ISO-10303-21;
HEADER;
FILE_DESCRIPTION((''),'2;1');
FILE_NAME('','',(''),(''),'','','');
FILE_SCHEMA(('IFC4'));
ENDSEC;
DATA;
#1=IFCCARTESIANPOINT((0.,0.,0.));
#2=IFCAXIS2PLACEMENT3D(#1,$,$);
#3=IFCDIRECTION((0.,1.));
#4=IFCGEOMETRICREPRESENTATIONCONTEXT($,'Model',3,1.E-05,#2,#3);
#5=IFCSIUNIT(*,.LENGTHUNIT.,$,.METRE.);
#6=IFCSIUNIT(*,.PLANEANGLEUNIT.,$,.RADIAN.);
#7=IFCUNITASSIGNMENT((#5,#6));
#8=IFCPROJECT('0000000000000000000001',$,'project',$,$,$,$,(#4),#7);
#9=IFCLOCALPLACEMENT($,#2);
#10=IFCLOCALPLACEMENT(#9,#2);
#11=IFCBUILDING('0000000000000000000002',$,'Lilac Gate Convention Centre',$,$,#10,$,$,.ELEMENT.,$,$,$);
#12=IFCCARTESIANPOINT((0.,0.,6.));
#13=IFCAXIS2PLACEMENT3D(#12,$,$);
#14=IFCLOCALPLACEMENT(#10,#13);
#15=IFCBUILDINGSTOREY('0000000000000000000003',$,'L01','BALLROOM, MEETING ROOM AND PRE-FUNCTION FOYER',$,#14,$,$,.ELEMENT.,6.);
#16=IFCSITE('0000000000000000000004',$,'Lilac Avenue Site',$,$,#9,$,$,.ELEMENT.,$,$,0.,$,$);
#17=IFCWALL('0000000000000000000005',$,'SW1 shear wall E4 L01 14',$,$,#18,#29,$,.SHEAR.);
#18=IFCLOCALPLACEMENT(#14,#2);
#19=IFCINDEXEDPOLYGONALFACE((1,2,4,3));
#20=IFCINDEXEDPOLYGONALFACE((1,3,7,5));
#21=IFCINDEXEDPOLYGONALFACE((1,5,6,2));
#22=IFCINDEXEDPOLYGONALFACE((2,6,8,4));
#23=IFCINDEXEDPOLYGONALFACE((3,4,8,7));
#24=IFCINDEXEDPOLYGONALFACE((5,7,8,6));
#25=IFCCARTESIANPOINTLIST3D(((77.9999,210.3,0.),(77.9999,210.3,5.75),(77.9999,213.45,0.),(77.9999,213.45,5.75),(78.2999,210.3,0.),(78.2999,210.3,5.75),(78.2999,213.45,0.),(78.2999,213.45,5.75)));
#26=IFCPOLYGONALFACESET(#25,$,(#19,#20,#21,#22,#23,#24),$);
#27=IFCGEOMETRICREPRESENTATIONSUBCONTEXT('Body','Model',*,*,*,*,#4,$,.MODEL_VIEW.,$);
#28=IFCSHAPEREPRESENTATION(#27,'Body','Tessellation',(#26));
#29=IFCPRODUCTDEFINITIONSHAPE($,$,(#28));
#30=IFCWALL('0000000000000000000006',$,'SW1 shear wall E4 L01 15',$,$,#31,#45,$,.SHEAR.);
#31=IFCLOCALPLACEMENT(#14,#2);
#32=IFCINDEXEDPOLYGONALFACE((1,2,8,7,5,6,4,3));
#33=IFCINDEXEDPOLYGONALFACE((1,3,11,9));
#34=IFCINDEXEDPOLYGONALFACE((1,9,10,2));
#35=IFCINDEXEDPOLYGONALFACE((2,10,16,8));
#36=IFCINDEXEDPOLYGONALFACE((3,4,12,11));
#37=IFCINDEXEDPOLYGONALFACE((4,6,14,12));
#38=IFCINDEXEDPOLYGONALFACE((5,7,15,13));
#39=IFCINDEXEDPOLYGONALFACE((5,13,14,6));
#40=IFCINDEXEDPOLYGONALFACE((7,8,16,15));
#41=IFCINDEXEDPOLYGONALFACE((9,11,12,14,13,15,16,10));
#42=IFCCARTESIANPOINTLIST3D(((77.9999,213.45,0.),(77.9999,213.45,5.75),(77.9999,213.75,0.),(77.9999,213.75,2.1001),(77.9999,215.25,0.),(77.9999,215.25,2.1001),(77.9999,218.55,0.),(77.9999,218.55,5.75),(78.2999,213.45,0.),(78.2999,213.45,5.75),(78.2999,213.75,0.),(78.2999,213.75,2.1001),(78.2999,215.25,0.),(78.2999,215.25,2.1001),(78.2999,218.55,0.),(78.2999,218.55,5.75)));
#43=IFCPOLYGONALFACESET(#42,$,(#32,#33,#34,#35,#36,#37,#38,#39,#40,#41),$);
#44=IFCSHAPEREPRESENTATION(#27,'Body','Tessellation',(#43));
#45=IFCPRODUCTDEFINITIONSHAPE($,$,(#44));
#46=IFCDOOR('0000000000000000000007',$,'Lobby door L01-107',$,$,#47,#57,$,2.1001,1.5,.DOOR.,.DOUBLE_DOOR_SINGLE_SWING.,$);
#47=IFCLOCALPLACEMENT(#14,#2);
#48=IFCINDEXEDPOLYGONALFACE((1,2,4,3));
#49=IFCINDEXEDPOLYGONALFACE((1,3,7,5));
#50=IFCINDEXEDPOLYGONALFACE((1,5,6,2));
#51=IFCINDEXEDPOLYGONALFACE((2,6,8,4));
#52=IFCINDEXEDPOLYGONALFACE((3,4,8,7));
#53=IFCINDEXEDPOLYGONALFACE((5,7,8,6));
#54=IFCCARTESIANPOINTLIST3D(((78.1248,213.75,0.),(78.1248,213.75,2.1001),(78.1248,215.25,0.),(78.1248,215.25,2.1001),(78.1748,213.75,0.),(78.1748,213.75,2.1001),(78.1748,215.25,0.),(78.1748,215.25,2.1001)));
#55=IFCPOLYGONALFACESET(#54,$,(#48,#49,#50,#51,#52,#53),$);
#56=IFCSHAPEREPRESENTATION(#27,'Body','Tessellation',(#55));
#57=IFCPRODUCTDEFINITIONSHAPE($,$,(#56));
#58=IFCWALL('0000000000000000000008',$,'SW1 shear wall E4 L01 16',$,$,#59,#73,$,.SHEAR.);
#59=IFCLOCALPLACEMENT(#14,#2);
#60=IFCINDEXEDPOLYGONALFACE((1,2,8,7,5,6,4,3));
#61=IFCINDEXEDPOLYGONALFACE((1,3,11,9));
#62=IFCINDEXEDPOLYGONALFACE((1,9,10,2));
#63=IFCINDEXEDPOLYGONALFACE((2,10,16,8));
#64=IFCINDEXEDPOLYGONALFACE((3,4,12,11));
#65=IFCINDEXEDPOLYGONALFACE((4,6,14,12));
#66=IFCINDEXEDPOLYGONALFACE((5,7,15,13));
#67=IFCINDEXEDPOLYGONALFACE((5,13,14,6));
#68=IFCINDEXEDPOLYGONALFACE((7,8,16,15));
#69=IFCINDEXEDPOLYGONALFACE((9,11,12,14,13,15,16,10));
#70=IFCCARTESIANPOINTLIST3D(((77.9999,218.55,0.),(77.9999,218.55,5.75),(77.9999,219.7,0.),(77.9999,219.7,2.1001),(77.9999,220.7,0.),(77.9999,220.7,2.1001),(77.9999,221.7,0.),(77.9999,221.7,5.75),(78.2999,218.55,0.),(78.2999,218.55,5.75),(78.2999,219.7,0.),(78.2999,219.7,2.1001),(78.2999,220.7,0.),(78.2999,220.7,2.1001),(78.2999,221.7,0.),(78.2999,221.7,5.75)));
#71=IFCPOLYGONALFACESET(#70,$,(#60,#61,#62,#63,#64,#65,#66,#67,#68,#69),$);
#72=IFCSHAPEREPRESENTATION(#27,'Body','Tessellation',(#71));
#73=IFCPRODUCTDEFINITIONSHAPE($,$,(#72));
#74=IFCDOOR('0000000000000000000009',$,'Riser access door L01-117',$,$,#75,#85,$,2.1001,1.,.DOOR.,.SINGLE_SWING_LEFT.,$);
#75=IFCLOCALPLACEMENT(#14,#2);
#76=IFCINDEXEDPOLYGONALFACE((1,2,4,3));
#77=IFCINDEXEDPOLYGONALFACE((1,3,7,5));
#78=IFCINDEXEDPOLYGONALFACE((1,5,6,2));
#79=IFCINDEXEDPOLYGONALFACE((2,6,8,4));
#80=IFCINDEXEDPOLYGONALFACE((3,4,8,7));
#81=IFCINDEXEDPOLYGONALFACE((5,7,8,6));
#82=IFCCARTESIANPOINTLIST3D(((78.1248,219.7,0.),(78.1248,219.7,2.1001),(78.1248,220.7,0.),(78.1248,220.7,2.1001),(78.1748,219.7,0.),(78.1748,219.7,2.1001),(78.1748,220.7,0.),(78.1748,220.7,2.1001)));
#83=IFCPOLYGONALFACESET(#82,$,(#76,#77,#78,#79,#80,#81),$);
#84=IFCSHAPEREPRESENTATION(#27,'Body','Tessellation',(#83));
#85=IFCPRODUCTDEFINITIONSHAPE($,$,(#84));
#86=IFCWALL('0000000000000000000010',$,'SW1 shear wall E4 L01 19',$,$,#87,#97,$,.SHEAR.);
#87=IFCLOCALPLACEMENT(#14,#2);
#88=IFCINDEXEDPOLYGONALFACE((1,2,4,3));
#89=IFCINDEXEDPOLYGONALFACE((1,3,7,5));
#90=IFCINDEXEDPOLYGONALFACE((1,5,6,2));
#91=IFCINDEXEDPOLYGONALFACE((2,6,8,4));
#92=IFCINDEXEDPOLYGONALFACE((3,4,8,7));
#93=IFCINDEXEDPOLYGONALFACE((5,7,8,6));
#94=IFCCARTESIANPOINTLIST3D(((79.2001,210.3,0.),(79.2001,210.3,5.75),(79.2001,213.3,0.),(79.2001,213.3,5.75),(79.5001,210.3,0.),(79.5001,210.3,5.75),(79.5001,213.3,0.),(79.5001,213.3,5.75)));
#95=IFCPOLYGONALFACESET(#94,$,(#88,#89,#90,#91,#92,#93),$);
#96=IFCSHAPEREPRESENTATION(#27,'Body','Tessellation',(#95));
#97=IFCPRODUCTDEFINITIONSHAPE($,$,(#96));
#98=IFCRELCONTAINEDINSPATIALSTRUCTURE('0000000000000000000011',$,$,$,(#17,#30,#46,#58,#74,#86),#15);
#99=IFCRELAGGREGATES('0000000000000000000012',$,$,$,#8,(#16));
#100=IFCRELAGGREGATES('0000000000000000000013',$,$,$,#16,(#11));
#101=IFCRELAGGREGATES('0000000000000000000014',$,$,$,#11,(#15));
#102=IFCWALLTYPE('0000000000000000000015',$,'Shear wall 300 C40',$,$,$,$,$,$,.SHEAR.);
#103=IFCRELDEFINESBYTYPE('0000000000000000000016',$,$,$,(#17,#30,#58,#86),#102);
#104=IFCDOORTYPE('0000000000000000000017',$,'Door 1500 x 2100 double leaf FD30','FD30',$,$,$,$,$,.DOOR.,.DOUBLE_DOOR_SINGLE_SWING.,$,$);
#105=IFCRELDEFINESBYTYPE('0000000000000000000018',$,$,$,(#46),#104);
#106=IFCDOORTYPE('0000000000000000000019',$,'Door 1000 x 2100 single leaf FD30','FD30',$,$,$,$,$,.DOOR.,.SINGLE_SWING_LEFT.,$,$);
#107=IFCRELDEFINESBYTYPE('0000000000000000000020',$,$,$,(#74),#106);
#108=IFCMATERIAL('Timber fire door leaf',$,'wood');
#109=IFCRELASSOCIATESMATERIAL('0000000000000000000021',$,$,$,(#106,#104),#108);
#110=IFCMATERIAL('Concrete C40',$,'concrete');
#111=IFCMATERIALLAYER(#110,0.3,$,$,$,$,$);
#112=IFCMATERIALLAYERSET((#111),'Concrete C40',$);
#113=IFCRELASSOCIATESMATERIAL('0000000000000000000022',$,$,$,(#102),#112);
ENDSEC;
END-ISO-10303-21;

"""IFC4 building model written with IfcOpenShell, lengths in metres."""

from ifc_helpers import new_model, si_unit, direction, frame, frame_2d, origin, place, context, subcontext, project, spatial, rectangle, extrude, material, layer, layer_set, type_object, element, fill, save


model = new_model("IFC4")

# Units and contexts
model_context = context("Model", 3, precision=1e-05, world=origin(), true_north=direction((0.0, 1.0)))
body_context = subcontext(model_context, "Body", "Model", "MODEL_VIEW")
ifc_project = project(units=[si_unit("LENGTHUNIT", "METRE"), si_unit("PLANEANGLEUNIT", "RADIAN")], contexts=[model_context])

# Site, building, storey
site_placement = place(None, origin())
site = spatial("IfcSite", under=ifc_project, at=site_placement, Name="Lilac Avenue Site", CompositionType="ELEMENT", RefElevation=0.0)
building_placement = place(site_placement, origin())
building = spatial("IfcBuilding", under=site, at=building_placement, Name="Lilac Gate Convention Centre", CompositionType="ELEMENT")
storey_placement = place(building_placement, frame((0.0, 0.0, 6.0)))
storey = spatial("IfcBuildingStorey", under=building, at=storey_placement, Name="L01", Description="BALLROOM, MEETING ROOM AND PRE-FUNCTION FOYER", CompositionType="ELEMENT", Elevation=6.0)

# Shared definitions
ifc_material_1 = material(Name="Concrete C40", Category="concrete")

# Shared definitions
ifc_material_2 = material(Name="Timber fire door leaf", Category="wood")
door_type_1 = type_object("IfcDoorType", Name="Door 1000 x 2100 single leaf FD30", Description="FD30", OperationType="SINGLE_SWING_LEFT", PredefinedType="DOOR", material=ifc_material_2)

# Wall
ifc_layer_1 = layer(ifc_material_1, 0.3)
ifc_layer_set_1 = layer_set([ifc_layer_1], Name="Concrete C40")
wall_type_1 = type_object("IfcWallType", Name="Shear wall 300 C40", PredefinedType="SHEAR", material=ifc_layer_set_1)
wall_1_placement = place(storey_placement, frame((78.1499, 210.3, 0.0), z_axis=(0.0, 0.0, 1.0), x_axis=(0.0, 1.0, 0.0)))
element("IfcWall", 1, at=wall_1_placement, inside=storey, type_object=wall_type_1, Name="SW1 shear wall E4 L01 14", PredefinedType="SHEAR", context=body_context, shape_type="SweptSolid", body=[
    extrude(rectangle(XDim=3.1499, YDim=0.3, at=frame_2d((1.575, 0.0))), origin(), (0.0, 0.0, 1.0), 5.75),
])

# Walls, openings, doors
wall_2_placement = place(storey_placement, frame((78.1499, 213.45, 0.0), z_axis=(0.0, 0.0, 1.0), x_axis=(0.0, 1.0, 0.0)))
wall_2 = element("IfcWall", 2, at=wall_2_placement, inside=storey, type_object=wall_type_1, Name="SW1 shear wall E4 L01 15", PredefinedType="SHEAR", context=body_context, shape_type="SweptSolid", body=[
    extrude(rectangle(XDim=5.1001, YDim=0.3, at=frame_2d((2.55, 0.0))), origin(), (0.0, 0.0, 1.0), 5.75),
])
opening_1_placement = place(wall_2_placement, frame((0.3, 0.0, 0.0)))
opening_1 = element("IfcOpeningElement", 3, at=opening_1_placement, cuts=wall_2, PredefinedType="OPENING", context=body_context, shape_type="SweptSolid", body=[
    extrude(rectangle(XDim=1.5, YDim=2.1001, at=frame_2d((0.75, 1.05))), frame((0.0, 0.1599, 0.0), z_axis=(0.0, -1.0, 0.0), x_axis=(1.0, 0.0, 0.0)), (0.0, 0.0, 1.0), 0.3201),
])
door_type_2 = type_object("IfcDoorType", Name="Door 1500 x 2100 double leaf FD30", Description="FD30", OperationType="DOUBLE_DOOR_SINGLE_SWING", PredefinedType="DOOR", material=ifc_material_2)
door_1_placement = place(opening_1_placement, frame((1.5, 0.0, 0.0), z_axis=(0.0, 0.0, 1.0), x_axis=(-1.0, 0.0, 0.0)))
door_1 = element("IfcDoor", 4, at=door_1_placement, inside=storey, type_object=door_type_2, Name="Lobby door L01-107", OperationType="DOUBLE_DOOR_SINGLE_SWING", OverallHeight=2.1001, OverallWidth=1.5, PredefinedType="DOOR", context=body_context, shape_type="SweptSolid", body=[
    extrude(rectangle(XDim=1.5, YDim=2.1001, at=frame_2d((0.75, 1.05))), frame((0.0, 0.0249, 0.0), z_axis=(0.0, -1.0, 0.0), x_axis=(1.0, 0.0, 0.0)), (0.0, 0.0, 1.0), 0.05),
])
fill(opening_1, door_1)
wall_3_placement = place(storey_placement, frame((78.1499, 218.55, 0.0), z_axis=(0.0, 0.0, 1.0), x_axis=(0.0, 1.0, 0.0)))
wall_3 = element("IfcWall", 5, at=wall_3_placement, inside=storey, type_object=wall_type_1, Name="SW1 shear wall E4 L01 16", PredefinedType="SHEAR", context=body_context, shape_type="SweptSolid", body=[
    extrude(rectangle(XDim=3.1499, YDim=0.3, at=frame_2d((1.575, 0.0))), origin(), (0.0, 0.0, 1.0), 5.75),
])
opening_2_placement = place(wall_3_placement, frame((1.1499, 0.0, 0.0)))
opening_2 = element("IfcOpeningElement", 6, at=opening_2_placement, cuts=wall_3, PredefinedType="OPENING", context=body_context, shape_type="SweptSolid", body=[
    extrude(rectangle(XDim=1.0, YDim=2.1001, at=frame_2d((0.5, 1.05))), frame((0.0, 0.1599, 0.0), z_axis=(0.0, -1.0, 0.0), x_axis=(1.0, 0.0, 0.0)), (0.0, 0.0, 1.0), 0.3201),
])
door_2_placement = place(opening_2_placement, frame((1.0, 0.0, 0.0), z_axis=(0.0, 0.0, 1.0), x_axis=(-1.0, 0.0, 0.0)))
door_2 = element("IfcDoor", 7, at=door_2_placement, inside=storey, type_object=door_type_1, Name="Riser access door L01-117", OperationType="SINGLE_SWING_LEFT", OverallHeight=2.1001, OverallWidth=1.0, PredefinedType="DOOR", context=body_context, shape_type="SweptSolid", body=[
    extrude(rectangle(XDim=1.0, YDim=2.1001, at=frame_2d((0.5, 1.05))), frame((0.0, 0.0249, 0.0), z_axis=(0.0, -1.0, 0.0), x_axis=(1.0, 0.0, 0.0)), (0.0, 0.0, 1.0), 0.05),
])
fill(opening_2, door_2)

# Wall
wall_4_placement = place(storey_placement, frame((79.3501, 210.3, 0.0), z_axis=(0.0, 0.0, 1.0), x_axis=(0.0, 1.0, 0.0)))
element("IfcWall", 8, at=wall_4_placement, inside=storey, type_object=wall_type_1, Name="SW1 shear wall E4 L01 19", PredefinedType="SHEAR", context=body_context, shape_type="SweptSolid", body=[
    extrude(rectangle(XDim=3.0, YDim=0.3, at=frame_2d((1.5, 0.0))), origin(), (0.0, 0.0, 1.0), 5.75),
])

save(model, "model.ifc")
